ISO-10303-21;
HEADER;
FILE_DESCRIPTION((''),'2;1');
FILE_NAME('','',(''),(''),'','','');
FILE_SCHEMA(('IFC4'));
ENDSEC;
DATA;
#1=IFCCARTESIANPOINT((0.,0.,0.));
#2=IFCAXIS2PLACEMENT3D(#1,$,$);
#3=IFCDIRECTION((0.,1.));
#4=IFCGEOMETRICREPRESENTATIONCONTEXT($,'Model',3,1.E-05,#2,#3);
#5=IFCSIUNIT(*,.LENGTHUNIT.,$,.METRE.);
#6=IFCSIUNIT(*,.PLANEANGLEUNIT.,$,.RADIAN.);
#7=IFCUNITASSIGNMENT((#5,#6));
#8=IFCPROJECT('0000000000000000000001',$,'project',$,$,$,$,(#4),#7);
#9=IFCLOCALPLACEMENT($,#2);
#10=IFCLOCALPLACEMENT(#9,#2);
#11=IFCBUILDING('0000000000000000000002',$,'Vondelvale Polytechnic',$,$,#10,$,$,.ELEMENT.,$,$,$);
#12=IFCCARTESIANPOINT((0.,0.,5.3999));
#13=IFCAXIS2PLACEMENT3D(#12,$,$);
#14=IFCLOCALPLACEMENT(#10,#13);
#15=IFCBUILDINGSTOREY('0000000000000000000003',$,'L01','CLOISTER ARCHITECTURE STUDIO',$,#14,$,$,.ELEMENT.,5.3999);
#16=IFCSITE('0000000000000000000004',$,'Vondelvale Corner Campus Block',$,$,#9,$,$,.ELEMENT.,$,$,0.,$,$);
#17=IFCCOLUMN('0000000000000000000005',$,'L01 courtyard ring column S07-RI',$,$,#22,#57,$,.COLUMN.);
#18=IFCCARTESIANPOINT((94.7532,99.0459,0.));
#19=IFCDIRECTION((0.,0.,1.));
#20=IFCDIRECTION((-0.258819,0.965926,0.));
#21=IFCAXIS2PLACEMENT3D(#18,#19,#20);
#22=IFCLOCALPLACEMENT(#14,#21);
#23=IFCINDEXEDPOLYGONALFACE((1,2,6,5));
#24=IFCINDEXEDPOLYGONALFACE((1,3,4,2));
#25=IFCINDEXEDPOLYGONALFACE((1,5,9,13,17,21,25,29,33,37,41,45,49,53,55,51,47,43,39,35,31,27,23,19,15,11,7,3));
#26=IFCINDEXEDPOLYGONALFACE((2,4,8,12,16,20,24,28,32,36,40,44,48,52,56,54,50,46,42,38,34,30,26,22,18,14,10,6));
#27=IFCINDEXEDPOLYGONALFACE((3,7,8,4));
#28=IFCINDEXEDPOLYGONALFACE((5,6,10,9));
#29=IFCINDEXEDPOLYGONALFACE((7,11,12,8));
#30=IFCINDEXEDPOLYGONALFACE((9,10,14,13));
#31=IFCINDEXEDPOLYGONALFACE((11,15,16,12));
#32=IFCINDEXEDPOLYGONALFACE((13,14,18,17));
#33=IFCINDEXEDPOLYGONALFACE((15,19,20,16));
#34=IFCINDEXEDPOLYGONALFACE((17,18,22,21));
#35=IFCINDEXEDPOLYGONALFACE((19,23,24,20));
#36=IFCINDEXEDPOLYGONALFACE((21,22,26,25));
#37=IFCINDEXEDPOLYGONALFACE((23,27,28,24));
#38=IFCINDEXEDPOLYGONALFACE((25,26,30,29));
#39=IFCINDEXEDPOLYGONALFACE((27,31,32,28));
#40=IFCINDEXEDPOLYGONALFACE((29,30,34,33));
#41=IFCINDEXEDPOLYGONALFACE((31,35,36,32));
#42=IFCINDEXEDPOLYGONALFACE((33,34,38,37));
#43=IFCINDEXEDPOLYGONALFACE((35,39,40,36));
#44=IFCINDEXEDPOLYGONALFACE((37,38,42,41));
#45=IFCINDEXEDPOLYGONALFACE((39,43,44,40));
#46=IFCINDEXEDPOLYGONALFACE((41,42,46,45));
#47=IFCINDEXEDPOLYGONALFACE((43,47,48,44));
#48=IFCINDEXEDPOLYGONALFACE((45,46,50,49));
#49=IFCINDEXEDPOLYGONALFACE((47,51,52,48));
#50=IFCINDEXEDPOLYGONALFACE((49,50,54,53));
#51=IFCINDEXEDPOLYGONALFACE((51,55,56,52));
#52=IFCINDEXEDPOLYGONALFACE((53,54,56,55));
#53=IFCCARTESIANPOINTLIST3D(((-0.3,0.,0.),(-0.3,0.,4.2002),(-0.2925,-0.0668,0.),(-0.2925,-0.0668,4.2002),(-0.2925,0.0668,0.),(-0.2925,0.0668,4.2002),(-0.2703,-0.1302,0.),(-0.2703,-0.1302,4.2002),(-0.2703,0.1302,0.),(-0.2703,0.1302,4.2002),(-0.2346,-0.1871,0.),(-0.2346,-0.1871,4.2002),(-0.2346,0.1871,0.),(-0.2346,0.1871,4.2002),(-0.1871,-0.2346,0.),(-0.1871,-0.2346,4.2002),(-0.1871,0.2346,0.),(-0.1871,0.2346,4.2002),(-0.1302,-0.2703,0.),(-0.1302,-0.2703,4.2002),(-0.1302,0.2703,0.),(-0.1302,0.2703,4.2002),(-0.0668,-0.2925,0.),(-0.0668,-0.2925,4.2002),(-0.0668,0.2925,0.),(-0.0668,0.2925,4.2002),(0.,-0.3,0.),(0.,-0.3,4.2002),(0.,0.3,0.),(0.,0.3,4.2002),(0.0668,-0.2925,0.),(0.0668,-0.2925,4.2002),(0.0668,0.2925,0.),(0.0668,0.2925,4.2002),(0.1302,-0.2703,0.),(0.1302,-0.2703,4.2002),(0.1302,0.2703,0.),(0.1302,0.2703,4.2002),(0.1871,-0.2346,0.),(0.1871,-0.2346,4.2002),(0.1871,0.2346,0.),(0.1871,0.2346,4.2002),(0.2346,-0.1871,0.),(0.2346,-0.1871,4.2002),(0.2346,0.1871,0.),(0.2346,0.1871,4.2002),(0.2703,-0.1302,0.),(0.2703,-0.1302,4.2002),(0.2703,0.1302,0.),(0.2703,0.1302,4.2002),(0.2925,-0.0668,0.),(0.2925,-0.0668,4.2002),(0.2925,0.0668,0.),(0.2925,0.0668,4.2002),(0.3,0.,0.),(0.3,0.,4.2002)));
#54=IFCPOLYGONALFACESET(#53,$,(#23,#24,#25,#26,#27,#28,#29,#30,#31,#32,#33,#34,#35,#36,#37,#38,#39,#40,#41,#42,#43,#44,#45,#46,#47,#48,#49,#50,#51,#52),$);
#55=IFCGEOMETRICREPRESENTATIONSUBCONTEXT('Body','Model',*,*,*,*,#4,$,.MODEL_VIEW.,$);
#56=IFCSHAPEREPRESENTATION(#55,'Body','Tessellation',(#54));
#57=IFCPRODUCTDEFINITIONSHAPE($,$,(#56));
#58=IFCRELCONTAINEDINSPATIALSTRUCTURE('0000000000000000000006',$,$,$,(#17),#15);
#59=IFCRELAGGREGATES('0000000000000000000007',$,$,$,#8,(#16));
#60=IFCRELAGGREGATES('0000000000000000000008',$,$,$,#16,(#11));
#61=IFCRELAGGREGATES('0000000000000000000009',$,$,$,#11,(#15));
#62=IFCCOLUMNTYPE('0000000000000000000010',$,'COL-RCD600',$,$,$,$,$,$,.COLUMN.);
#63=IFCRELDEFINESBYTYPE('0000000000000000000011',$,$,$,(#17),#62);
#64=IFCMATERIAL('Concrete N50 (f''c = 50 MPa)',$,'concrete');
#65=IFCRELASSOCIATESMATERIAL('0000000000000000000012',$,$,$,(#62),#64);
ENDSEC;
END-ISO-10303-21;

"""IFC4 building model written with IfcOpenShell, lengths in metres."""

from ifc_helpers import new_model, si_unit, direction, frame, origin, origin_2d, place, context, subcontext, project, spatial, circle, extrude, material, material_profile, profile_set, type_object, element, save


model = new_model("IFC4")

# Units and contexts
model_context = context("Model", 3, precision=1e-05, world=origin(), true_north=direction((0.0, 1.0)))
body_context = subcontext(model_context, "Body", "Model", "MODEL_VIEW")
ifc_project = project(units=[si_unit("LENGTHUNIT", "METRE"), si_unit("PLANEANGLEUNIT", "RADIAN")], contexts=[model_context])

# Site, building, storey
site_placement = place(None, origin())
site = spatial("IfcSite", under=ifc_project, at=site_placement, Name="Vondelvale Corner Campus Block", CompositionType="ELEMENT", RefElevation=0.0)
building_placement = place(site_placement, origin())
building = spatial("IfcBuilding", under=site, at=building_placement, Name="Vondelvale Polytechnic", CompositionType="ELEMENT")
storey_placement = place(building_placement, frame((0.0, 0.0, 5.3999)))
storey = spatial("IfcBuildingStorey", under=building, at=storey_placement, Name="L01", Description="CLOISTER ARCHITECTURE STUDIO", CompositionType="ELEMENT", Elevation=5.3999)

# Column
ifc_material_1 = material(Name="Concrete N50 (f'c = 50 MPa)", Category="concrete")
ifc_material_profile_1 = material_profile(ifc_material_1, circle(Radius=0.3, at=origin_2d()), Name="RC-COL-D600")
ifc_profile_set_1 = profile_set([ifc_material_profile_1], Name="Concrete N50 (f'c = 50 MPa)")
column_type = type_object("IfcColumnType", Name="COL-RCD600", PredefinedType="COLUMN", material=ifc_profile_set_1)
column_placement = place(storey_placement, frame((94.7532, 99.0459, 0.0), z_axis=(0.0, 0.0, 1.0), x_axis=(-0.258819, 0.965926, 0.0)))
element("IfcColumn", 1, at=column_placement, inside=storey, type_object=column_type, Name="L01 courtyard ring column S07-RI", PredefinedType="COLUMN", context=body_context, shape_type="SweptSolid", body=[
    extrude(circle(Radius=0.3, at=origin_2d()), origin(), (0.0, 0.0, 1.0), 4.2002),
])

save(model, "model.ifc")
